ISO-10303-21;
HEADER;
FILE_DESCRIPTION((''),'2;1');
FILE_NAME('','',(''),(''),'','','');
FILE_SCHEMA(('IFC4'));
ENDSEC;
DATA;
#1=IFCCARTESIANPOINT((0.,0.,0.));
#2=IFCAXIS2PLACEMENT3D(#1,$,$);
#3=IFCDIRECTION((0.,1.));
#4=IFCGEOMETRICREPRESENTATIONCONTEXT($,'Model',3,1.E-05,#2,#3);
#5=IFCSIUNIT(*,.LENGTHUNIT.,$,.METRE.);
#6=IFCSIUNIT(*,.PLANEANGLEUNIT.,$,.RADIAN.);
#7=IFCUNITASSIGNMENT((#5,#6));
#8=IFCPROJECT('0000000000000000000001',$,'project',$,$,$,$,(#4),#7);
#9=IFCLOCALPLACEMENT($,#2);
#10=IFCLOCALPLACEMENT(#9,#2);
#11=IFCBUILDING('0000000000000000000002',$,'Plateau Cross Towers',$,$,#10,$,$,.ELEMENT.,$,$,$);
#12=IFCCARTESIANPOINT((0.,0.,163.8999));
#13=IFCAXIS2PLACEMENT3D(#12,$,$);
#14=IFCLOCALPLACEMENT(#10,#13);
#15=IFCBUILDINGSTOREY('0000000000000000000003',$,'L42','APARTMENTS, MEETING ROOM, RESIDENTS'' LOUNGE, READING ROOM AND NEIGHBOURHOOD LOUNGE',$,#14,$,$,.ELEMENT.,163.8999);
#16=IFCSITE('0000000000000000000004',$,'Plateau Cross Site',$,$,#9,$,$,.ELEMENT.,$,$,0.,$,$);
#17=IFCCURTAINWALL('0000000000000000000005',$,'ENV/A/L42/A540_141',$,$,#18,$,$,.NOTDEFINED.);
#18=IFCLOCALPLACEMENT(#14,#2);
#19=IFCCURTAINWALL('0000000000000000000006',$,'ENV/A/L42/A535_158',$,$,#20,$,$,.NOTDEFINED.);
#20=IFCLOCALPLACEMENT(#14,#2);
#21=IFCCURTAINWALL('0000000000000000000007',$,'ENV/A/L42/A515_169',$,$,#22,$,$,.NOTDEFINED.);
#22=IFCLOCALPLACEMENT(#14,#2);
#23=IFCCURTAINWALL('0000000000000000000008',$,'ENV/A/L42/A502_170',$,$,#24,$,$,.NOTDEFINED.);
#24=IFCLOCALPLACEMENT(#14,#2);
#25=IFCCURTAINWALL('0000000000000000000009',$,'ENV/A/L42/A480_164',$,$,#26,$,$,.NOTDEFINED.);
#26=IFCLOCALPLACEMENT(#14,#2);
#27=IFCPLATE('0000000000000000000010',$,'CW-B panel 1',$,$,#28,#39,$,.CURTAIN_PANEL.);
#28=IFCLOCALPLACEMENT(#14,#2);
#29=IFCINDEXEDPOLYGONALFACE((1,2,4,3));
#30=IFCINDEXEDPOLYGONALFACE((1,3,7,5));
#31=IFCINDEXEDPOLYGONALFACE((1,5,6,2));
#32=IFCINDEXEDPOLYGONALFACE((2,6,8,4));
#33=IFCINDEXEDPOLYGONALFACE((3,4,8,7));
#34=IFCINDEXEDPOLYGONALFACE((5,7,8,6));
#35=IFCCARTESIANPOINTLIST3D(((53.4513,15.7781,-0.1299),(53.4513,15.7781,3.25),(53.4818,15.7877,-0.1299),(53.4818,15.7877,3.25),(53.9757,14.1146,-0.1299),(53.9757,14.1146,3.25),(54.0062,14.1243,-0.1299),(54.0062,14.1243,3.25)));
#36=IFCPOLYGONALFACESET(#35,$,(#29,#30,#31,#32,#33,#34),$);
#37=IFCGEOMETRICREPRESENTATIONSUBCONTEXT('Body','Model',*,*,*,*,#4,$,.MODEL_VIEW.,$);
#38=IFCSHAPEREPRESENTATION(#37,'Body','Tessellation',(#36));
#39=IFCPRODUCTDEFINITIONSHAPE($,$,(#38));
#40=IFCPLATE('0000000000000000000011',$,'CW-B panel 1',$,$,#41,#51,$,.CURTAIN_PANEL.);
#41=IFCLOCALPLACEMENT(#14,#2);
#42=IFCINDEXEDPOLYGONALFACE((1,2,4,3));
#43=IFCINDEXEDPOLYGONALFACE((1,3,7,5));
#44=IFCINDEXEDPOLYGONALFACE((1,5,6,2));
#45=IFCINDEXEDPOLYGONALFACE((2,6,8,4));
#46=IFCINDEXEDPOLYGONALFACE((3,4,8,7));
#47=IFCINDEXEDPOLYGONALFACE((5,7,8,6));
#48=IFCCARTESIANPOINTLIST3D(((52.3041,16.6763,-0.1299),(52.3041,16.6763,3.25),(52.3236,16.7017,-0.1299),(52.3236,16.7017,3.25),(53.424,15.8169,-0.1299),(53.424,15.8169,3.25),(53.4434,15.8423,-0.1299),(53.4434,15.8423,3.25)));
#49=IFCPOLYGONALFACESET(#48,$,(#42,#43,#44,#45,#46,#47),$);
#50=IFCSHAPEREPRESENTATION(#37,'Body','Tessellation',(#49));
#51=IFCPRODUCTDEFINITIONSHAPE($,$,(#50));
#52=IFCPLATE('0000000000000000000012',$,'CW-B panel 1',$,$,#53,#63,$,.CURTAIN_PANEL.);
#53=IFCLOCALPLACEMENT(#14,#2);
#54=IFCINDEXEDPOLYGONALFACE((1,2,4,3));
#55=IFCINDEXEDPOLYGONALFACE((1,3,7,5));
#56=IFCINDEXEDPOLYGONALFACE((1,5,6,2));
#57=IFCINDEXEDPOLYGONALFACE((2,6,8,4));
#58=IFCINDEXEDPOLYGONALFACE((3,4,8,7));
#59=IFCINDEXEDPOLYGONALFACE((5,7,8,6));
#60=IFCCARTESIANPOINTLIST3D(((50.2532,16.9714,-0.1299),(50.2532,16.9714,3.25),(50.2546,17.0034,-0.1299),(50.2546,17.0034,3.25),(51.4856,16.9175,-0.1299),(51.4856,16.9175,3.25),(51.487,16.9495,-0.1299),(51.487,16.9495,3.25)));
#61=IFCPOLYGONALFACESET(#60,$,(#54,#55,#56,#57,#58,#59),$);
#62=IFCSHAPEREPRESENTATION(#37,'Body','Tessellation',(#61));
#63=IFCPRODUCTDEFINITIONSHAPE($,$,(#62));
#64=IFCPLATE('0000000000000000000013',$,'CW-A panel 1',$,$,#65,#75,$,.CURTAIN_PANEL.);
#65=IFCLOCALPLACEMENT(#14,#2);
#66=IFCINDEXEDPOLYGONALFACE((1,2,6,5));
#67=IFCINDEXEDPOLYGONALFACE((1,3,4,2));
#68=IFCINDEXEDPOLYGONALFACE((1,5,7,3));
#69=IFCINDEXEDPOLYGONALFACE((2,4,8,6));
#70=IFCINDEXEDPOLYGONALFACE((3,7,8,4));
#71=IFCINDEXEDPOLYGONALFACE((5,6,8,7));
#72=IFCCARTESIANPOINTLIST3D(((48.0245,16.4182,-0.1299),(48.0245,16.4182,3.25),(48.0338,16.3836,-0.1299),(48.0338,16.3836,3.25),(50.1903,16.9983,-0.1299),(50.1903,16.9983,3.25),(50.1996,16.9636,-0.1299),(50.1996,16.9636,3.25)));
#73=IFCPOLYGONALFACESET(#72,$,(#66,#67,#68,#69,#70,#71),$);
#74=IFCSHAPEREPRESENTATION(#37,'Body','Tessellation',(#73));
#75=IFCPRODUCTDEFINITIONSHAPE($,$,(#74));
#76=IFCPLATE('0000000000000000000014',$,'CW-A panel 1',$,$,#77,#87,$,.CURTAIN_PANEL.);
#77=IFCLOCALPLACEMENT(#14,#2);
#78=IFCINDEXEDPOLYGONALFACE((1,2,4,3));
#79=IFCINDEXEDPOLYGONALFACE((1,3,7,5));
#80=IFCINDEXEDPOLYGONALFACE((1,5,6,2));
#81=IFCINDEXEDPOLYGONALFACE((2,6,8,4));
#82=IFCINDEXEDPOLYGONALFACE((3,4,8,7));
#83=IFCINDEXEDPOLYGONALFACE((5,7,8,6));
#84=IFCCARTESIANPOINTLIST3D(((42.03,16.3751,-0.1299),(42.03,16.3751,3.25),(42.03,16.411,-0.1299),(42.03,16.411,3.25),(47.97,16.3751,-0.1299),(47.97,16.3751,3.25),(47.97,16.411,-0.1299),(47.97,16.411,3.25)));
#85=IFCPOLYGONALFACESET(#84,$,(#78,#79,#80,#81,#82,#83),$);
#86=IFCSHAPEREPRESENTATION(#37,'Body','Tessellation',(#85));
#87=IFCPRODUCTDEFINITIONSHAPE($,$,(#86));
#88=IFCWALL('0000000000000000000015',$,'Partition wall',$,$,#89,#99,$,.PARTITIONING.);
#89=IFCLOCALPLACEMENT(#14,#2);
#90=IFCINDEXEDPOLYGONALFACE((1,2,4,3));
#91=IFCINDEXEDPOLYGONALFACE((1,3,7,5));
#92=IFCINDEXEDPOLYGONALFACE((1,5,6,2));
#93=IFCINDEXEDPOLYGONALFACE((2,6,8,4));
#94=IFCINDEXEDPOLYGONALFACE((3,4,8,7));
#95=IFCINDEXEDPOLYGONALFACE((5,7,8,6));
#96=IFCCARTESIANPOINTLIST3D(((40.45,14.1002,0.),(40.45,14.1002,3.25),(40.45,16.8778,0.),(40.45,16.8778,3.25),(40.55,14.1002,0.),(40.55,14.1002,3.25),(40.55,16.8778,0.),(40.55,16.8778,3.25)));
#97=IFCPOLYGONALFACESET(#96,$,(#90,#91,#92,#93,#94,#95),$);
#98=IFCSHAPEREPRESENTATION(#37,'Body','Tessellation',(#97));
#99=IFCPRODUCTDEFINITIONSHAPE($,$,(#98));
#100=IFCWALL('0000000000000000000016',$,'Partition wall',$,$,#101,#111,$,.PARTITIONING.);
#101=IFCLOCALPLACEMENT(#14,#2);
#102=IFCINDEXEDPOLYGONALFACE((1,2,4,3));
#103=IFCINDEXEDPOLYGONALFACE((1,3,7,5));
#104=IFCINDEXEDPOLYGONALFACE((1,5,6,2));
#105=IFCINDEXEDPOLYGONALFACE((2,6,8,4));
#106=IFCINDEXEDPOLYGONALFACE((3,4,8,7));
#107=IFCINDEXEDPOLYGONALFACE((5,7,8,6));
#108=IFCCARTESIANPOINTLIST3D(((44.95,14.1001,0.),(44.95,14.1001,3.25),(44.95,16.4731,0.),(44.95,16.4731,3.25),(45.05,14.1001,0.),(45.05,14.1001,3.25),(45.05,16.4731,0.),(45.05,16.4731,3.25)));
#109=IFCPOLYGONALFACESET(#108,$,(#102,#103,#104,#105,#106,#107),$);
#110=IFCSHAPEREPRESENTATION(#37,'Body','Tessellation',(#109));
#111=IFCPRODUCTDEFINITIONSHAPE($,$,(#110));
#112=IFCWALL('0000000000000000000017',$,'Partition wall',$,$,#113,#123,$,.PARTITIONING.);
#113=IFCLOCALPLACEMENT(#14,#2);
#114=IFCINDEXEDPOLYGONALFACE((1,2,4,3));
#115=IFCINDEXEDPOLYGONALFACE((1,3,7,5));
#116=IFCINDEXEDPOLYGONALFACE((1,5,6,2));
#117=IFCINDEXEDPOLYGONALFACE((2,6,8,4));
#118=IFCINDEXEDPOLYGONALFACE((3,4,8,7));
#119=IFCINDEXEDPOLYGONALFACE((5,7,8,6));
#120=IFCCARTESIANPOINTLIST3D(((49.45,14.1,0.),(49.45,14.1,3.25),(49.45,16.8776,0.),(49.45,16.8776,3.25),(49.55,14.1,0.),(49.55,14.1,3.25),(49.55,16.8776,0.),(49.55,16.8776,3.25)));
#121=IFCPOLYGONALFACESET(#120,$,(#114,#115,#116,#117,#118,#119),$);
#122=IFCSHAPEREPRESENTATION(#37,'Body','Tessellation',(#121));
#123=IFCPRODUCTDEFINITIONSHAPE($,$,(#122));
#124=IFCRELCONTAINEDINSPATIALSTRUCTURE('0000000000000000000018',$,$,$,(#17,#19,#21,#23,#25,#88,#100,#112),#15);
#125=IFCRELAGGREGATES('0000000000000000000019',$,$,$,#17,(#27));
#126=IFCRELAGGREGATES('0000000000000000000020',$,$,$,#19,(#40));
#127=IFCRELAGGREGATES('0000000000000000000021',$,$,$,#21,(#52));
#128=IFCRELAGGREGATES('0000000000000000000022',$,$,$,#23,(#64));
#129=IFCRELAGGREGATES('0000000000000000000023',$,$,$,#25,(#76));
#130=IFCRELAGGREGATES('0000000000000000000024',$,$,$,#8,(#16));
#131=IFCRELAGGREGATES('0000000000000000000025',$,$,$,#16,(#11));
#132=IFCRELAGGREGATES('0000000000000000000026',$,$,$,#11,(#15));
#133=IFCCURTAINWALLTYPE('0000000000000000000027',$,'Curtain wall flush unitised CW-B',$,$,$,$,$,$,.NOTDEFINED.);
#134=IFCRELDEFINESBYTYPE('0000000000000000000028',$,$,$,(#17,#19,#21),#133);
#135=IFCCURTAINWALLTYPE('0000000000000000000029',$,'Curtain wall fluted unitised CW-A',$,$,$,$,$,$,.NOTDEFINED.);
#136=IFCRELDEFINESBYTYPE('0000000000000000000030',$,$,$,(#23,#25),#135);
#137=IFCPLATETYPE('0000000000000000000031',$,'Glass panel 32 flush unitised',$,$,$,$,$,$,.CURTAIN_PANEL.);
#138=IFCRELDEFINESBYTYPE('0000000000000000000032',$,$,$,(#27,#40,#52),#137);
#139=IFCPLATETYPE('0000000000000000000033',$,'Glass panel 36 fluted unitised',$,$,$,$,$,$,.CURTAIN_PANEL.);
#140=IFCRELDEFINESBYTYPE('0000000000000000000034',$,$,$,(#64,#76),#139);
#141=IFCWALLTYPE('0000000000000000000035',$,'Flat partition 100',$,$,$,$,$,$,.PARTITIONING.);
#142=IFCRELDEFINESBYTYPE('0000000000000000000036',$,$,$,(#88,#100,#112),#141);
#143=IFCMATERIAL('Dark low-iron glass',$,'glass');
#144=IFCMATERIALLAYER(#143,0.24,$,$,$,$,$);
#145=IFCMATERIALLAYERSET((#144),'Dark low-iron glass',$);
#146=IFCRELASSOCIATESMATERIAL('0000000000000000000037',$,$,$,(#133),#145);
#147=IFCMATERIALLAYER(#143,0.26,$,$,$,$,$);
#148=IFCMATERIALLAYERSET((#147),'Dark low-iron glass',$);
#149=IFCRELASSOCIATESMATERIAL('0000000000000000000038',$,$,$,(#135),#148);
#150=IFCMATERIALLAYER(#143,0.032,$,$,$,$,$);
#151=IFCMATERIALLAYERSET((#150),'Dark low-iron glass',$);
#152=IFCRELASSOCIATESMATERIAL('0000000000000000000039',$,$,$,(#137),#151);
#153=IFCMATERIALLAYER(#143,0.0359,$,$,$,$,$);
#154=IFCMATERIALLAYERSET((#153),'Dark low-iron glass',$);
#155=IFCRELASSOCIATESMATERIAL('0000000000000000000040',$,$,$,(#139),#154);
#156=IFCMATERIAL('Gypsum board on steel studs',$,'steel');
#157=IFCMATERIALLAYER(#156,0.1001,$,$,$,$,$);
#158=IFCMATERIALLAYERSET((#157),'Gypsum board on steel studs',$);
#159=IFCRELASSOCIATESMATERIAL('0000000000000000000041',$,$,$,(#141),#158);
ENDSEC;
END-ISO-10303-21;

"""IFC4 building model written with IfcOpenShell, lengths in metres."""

from ifc_helpers import new_model, si_unit, direction, frame, frame_2d, origin, origin_2d, place, context, subcontext, project, spatial, rectangle, extrude, material, layer, layer_set, type_object, element, aggregate, save


model = new_model("IFC4")

# Units and contexts
model_context = context("Model", 3, precision=1e-05, world=origin(), true_north=direction((0.0, 1.0)))
body_context = subcontext(model_context, "Body", "Model", "MODEL_VIEW")
ifc_project = project(units=[si_unit("LENGTHUNIT", "METRE"), si_unit("PLANEANGLEUNIT", "RADIAN")], contexts=[model_context])

# Site, building, storey
site_placement = place(None, origin())
site = spatial("IfcSite", under=ifc_project, at=site_placement, Name="Plateau Cross Site", CompositionType="ELEMENT", RefElevation=0.0)
building_placement = place(site_placement, origin())
building = spatial("IfcBuilding", under=site, at=building_placement, Name="Plateau Cross Towers", CompositionType="ELEMENT")
storey_placement = place(building_placement, frame((0.0, 0.0, 163.8999)))
storey = spatial("IfcBuildingStorey", under=building, at=storey_placement, Name="L42", Description="APARTMENTS, MEETING ROOM, RESIDENTS' LOUNGE, READING ROOM AND NEIGHBOURHOOD LOUNGE", CompositionType="ELEMENT", Elevation=163.8999)

# Curtain wall
ifc_material_1 = material(Name="Dark low-iron glass", Category="glass")
ifc_layer_1 = layer(ifc_material_1, 0.24)
ifc_layer_set_1 = layer_set([ifc_layer_1], Name="Dark low-iron glass")
curtain_wall_type_1 = type_object("IfcCurtainWallType", Name="Curtain wall flush unitised CW-B", PredefinedType="NOTDEFINED", material=ifc_layer_set_1)
curtain_wall_1_placement = place(storey_placement, origin())
curtain_wall_1 = element("IfcCurtainWall", 1, at=curtain_wall_1_placement, inside=storey, type_object=curtain_wall_type_1, Name="ENV/A/L42/A540_141", PredefinedType="NOTDEFINED")

# Curtain wall
curtain_wall_2_placement = place(storey_placement, origin())
curtain_wall_2 = element("IfcCurtainWall", 2, at=curtain_wall_2_placement, inside=storey, type_object=curtain_wall_type_1, Name="ENV/A/L42/A535_158", PredefinedType="NOTDEFINED")

# Curtain walls
curtain_wall_3_placement = place(storey_placement, origin())
curtain_wall_3 = element("IfcCurtainWall", 3, at=curtain_wall_3_placement, inside=storey, type_object=curtain_wall_type_1, Name="ENV/A/L42/A515_169", PredefinedType="NOTDEFINED")
ifc_layer_2 = layer(ifc_material_1, 0.26)
ifc_layer_set_2 = layer_set([ifc_layer_2], Name="Dark low-iron glass")
curtain_wall_type_2 = type_object("IfcCurtainWallType", Name="Curtain wall fluted unitised CW-A", PredefinedType="NOTDEFINED", material=ifc_layer_set_2)
curtain_wall_4_placement = place(storey_placement, origin())
curtain_wall_4 = element("IfcCurtainWall", 4, at=curtain_wall_4_placement, inside=storey, type_object=curtain_wall_type_2, Name="ENV/A/L42/A502_170", PredefinedType="NOTDEFINED")
curtain_wall_5_placement = place(storey_placement, origin())
curtain_wall_5 = element("IfcCurtainWall", 5, at=curtain_wall_5_placement, inside=storey, type_object=curtain_wall_type_2, Name="ENV/A/L42/A480_164", PredefinedType="NOTDEFINED")

# Plates
ifc_layer_3 = layer(ifc_material_1, 0.032)
ifc_layer_set_3 = layer_set([ifc_layer_3], Name="Dark low-iron glass")
plate_type_1 = type_object("IfcPlateType", Name="Glass panel 32 flush unitised", PredefinedType="CURTAIN_PANEL", material=ifc_layer_set_3)
plate_1_placement = place(storey_placement, frame((53.7288, 14.9512, -0.1299), z_axis=(0.0, 0.0, 1.0), x_axis=(-0.300686, 0.953723, 0.0)))
plate_1 = element("IfcPlate", 6, at=plate_1_placement, type_object=plate_type_1, Name="CW-B panel 1", PredefinedType="CURTAIN_PANEL", context=body_context, shape_type="SweptSolid", body=[
    extrude(rectangle(XDim=1.7441, YDim=0.032, at=origin_2d()), origin(), (0.0, 0.0, 1.0), 3.3799),
])
aggregate(curtain_wall_1, [plate_1])
plate_2_placement = place(storey_placement, frame((52.8738, 16.2593, -0.1299), z_axis=(0.0, 0.0, 1.0), x_axis=(-0.793316, 0.608811, 0.0)))
plate_2 = element("IfcPlate", 7, at=plate_2_placement, type_object=plate_type_1, Name="CW-B panel 1", PredefinedType="CURTAIN_PANEL", context=body_context, shape_type="SweptSolid", body=[
    extrude(rectangle(XDim=1.4116, YDim=0.032, at=origin_2d()), origin(), (0.0, 0.0, 1.0), 3.3799),
])
aggregate(curtain_wall_2, [plate_2])
plate_3_placement = place(storey_placement, frame((50.8701, 16.9604, -0.1299), z_axis=(0.0, 0.0, 1.0), x_axis=(-0.999044, 0.043723, 0.0)))
plate_3 = element("IfcPlate", 8, at=plate_3_placement, type_object=plate_type_1, Name="CW-B panel 1", PredefinedType="CURTAIN_PANEL", context=body_context, shape_type="SweptSolid", body=[
    extrude(rectangle(XDim=1.2336, YDim=0.032, at=origin_2d()), origin(), (0.0, 0.0, 1.0), 3.3799),
])
aggregate(curtain_wall_3, [plate_3])
ifc_layer_4 = layer(ifc_material_1, 0.0359)
ifc_layer_set_4 = layer_set([ifc_layer_4], Name="Dark low-iron glass")
plate_type_2 = type_object("IfcPlateType", Name="Glass panel 36 fluted unitised", PredefinedType="CURTAIN_PANEL", material=ifc_layer_set_4)
plate_4_placement = place(storey_placement, frame((49.1121, 16.6909, -0.1299), z_axis=(0.0, 0.0, 1.0), x_axis=(-0.965958, -0.258699, 0.0)))
plate_4 = element("IfcPlate", 9, at=plate_4_placement, type_object=plate_type_2, Name="CW-A panel 1", PredefinedType="CURTAIN_PANEL", context=body_context, shape_type="SweptSolid", body=[
    extrude(rectangle(XDim=2.2422, YDim=0.0359, at=origin_2d()), origin(), (0.0, 0.0, 1.0), 3.3799),
])
aggregate(curtain_wall_4, [plate_4])
plate_5_placement = place(storey_placement, frame((45.0, 16.3931, -0.1299), z_axis=(0.0, 0.0, 1.0), x_axis=(-1.0, 0.0, 0.0)))
plate_5 = element("IfcPlate", 10, at=plate_5_placement, type_object=plate_type_2, Name="CW-A panel 1", PredefinedType="CURTAIN_PANEL", context=body_context, shape_type="SweptSolid", body=[
    extrude(rectangle(XDim=5.9399, YDim=0.0359, at=origin_2d()), origin(), (0.0, 0.0, 1.0), 3.3799),
])
aggregate(curtain_wall_5, [plate_5])

# Walls
ifc_material_2 = material(Name="Gypsum board on steel studs", Category="steel")
ifc_layer_5 = layer(ifc_material_2, 0.1001)
ifc_layer_set_5 = layer_set([ifc_layer_5], Name="Gypsum board on steel studs")
wall_type = type_object("IfcWallType", Name="Flat partition 100", PredefinedType="PARTITIONING", material=ifc_layer_set_5)
wall_1_placement = place(storey_placement, frame((40.5, 16.8777, 0.0), z_axis=(0.0, 0.0, 1.0), x_axis=(0.0, -1.0, 0.0)))
element("IfcWall", 11, at=wall_1_placement, inside=storey, type_object=wall_type, Name="Partition wall", PredefinedType="PARTITIONING", context=body_context, shape_type="SweptSolid", body=[
    extrude(rectangle(XDim=2.7776, YDim=0.1001, at=frame_2d((1.3887, 0.0))), origin(), (0.0, 0.0, 1.0), 3.25),
])
wall_2_placement = place(storey_placement, frame((45.0, 14.1001, 0.0), z_axis=(0.0, 0.0, 1.0), x_axis=(0.0, 1.0, 0.0)))
element("IfcWall", 12, at=wall_2_placement, inside=storey, type_object=wall_type, Name="Partition wall", PredefinedType="PARTITIONING", context=body_context, shape_type="SweptSolid", body=[
    extrude(rectangle(XDim=2.373, YDim=0.1001, at=frame_2d((1.1865, 0.0))), origin(), (0.0, 0.0, 1.0), 3.25),
])
wall_3_placement = place(storey_placement, frame((49.5, 14.1001, 0.0), z_axis=(0.0, 0.0, 1.0), x_axis=(0.0, 1.0, 0.0)))
element("IfcWall", 13, at=wall_3_placement, inside=storey, type_object=wall_type, Name="Partition wall", PredefinedType="PARTITIONING", context=body_context, shape_type="SweptSolid", body=[
    extrude(rectangle(XDim=2.7776, YDim=0.1001, at=frame_2d((1.3887, 0.0))), origin(), (0.0, 0.0, 1.0), 3.25),
])

save(model, "model.ifc")
